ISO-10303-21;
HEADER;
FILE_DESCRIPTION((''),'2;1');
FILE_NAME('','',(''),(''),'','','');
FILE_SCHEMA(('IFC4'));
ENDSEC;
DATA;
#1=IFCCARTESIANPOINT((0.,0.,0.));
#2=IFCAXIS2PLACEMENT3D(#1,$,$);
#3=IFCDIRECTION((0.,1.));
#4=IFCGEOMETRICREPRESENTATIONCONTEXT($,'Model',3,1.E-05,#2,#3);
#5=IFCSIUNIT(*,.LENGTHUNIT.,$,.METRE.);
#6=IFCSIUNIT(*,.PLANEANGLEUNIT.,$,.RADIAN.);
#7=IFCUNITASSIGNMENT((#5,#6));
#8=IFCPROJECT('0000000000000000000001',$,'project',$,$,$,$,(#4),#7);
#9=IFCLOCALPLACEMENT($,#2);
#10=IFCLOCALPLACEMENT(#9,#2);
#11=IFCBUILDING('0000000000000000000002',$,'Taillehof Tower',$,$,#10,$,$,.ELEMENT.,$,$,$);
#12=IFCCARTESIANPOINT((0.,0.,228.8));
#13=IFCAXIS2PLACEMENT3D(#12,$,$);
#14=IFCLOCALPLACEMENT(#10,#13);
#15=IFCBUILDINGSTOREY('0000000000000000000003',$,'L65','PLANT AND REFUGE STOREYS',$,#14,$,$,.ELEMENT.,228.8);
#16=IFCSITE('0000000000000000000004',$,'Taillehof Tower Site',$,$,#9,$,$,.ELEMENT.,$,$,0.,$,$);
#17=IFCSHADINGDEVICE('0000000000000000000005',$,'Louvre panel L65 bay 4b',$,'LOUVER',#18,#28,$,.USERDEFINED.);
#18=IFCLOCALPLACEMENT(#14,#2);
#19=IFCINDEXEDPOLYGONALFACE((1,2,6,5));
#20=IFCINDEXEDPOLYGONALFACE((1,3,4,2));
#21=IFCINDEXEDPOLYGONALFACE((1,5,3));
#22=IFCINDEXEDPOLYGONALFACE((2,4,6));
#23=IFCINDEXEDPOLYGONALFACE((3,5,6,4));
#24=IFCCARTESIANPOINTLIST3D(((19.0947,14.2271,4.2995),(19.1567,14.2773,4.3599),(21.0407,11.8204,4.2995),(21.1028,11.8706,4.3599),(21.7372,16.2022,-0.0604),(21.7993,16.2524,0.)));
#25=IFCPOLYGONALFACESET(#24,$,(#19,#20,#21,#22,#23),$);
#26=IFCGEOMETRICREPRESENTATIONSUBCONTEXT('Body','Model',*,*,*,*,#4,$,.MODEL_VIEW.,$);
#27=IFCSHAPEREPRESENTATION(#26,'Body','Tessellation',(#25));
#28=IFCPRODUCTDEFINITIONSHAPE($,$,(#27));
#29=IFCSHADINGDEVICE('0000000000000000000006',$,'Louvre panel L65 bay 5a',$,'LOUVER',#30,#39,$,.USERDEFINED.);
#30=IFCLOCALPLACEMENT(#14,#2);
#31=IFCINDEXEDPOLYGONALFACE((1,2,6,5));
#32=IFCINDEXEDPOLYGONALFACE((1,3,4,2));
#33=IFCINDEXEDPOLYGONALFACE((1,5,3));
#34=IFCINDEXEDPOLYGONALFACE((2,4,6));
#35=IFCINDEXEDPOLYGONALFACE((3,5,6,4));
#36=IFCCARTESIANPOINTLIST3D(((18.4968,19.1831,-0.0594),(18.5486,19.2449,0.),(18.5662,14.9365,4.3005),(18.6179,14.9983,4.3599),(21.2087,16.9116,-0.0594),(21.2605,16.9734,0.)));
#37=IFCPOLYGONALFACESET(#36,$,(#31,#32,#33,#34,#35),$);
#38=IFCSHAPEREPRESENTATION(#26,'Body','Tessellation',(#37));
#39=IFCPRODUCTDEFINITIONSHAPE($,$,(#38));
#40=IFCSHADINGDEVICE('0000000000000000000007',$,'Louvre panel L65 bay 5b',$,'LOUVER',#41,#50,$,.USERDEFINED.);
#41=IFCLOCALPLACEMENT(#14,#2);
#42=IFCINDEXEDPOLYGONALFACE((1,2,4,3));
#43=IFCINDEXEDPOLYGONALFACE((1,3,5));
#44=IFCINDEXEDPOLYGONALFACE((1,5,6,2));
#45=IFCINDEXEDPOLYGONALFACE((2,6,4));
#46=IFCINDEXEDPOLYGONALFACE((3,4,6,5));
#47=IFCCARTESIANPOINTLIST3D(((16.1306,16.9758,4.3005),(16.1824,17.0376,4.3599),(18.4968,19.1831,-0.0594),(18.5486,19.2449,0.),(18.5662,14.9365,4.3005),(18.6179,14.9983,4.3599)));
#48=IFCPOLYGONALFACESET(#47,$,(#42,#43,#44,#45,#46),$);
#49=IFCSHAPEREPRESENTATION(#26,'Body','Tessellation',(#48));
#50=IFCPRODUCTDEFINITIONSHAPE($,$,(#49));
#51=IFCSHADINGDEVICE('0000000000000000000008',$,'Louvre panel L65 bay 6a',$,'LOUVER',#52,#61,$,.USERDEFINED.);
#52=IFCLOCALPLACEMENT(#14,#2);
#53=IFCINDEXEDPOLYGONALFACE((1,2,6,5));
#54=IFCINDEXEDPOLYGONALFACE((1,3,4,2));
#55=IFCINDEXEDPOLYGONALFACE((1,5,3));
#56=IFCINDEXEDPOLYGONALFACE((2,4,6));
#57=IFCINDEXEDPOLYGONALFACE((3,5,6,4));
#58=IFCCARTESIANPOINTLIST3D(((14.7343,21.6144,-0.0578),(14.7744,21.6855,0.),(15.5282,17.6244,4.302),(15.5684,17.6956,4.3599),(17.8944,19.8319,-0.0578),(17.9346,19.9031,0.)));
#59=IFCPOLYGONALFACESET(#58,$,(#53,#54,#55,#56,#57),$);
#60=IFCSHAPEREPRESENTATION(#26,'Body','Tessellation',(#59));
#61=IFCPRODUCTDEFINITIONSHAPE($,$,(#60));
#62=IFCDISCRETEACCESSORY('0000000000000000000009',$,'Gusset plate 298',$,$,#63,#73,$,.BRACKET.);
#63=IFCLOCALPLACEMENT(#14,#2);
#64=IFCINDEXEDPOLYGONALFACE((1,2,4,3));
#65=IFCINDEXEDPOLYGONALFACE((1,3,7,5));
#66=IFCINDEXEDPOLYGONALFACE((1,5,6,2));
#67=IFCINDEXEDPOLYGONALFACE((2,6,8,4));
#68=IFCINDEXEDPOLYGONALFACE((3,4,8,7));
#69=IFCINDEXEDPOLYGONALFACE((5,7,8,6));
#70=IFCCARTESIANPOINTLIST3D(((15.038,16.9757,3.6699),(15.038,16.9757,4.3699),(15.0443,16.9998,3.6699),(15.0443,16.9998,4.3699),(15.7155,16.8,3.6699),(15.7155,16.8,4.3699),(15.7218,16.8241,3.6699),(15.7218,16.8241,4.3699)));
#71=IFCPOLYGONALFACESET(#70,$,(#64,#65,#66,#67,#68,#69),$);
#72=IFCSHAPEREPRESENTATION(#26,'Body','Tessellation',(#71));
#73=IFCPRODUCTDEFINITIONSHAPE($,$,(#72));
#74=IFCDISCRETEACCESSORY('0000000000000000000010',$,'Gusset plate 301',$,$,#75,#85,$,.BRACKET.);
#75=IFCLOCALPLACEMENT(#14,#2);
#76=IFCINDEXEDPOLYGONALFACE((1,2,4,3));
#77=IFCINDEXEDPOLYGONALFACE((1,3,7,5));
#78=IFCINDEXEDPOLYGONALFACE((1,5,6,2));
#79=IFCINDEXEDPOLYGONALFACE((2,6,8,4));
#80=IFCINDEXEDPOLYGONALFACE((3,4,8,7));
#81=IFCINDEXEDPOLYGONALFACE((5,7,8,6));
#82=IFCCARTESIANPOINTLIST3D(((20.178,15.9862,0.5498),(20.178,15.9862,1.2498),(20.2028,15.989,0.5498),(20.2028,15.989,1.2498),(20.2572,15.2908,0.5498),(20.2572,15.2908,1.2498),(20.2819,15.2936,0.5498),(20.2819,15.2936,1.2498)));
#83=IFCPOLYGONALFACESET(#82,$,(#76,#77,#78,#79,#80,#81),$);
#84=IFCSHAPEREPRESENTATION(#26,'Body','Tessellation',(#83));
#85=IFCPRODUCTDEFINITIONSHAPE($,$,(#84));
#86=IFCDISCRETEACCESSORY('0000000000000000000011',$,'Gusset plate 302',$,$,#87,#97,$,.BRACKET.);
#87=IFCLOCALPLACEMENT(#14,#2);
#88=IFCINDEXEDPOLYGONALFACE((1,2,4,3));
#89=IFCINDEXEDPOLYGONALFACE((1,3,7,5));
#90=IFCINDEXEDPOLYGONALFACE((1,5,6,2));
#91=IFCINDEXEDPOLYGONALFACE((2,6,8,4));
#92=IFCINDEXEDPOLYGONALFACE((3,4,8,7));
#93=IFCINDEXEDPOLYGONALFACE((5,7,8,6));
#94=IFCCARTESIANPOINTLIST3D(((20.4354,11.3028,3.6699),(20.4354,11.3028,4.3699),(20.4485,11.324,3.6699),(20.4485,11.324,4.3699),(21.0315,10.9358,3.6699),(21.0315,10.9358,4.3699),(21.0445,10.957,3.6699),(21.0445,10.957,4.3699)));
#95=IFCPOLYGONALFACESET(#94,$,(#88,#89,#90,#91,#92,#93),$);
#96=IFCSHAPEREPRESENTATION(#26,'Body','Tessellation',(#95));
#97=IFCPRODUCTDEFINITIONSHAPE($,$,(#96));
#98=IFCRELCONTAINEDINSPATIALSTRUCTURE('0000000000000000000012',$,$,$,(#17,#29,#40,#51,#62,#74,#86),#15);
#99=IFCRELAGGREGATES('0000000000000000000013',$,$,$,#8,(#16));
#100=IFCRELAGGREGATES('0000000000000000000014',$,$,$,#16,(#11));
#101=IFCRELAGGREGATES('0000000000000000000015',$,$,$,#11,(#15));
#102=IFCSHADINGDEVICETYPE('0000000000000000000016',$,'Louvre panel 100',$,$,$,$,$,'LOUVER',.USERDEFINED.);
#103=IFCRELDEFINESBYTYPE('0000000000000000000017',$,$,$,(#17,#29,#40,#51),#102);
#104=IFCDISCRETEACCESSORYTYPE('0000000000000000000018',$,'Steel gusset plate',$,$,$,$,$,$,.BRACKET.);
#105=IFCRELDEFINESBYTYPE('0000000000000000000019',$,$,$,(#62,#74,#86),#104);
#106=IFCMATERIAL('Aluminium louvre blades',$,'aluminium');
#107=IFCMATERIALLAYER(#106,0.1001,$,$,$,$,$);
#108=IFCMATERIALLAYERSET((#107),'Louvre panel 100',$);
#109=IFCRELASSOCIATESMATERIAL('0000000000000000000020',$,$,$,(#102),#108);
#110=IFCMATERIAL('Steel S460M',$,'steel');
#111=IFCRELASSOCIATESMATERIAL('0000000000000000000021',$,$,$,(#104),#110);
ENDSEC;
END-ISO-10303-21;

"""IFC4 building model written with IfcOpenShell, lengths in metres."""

from ifc_helpers import new_model, si_unit, direction, frame, origin, origin_2d, place, context, subcontext, project, spatial, polyline, rectangle, outline, extrude, material, layer, layer_set, type_object, element, save


model = new_model("IFC4")

# Units and contexts
model_context = context("Model", 3, precision=1e-05, world=origin(), true_north=direction((0.0, 1.0)))
body_context = subcontext(model_context, "Body", "Model", "MODEL_VIEW")
ifc_project = project(units=[si_unit("LENGTHUNIT", "METRE"), si_unit("PLANEANGLEUNIT", "RADIAN")], contexts=[model_context])

# Site, building, storey
site_placement = place(None, origin())
site = spatial("IfcSite", under=ifc_project, at=site_placement, Name="Taillehof Tower Site", CompositionType="ELEMENT", RefElevation=0.0)
building_placement = place(site_placement, origin())
building = spatial("IfcBuilding", under=site, at=building_placement, Name="Taillehof Tower", CompositionType="ELEMENT")
storey_placement = place(building_placement, frame((0.0, 0.0, 228.8)))
storey = spatial("IfcBuildingStorey", under=building, at=storey_placement, Name="L65", Description="PLANT AND REFUGE STOREYS", CompositionType="ELEMENT", Elevation=228.8)

# Shading devices
ifc_material_1 = material(Name="Aluminium louvre blades", Category="aluminium")
ifc_layer_1 = layer(ifc_material_1, 0.1001)
ifc_layer_set_1 = layer_set([ifc_layer_1], Name="Louvre panel 100")
shading_device_type = type_object("IfcShadingDeviceType", Name="Louvre panel 100", ElementType="LOUVER", PredefinedType="USERDEFINED", material=ifc_layer_set_1)
shading_device_1_placement = place(storey_placement, frame((21.7993, 16.2524, 0.0), z_axis=(0.620245, 0.501519, 0.603137), x_axis=(-0.483332, -0.361249, 0.797427)))
element("IfcShadingDevice", 1, at=shading_device_1_placement, inside=storey, type_object=shading_device_type, Name="Louvre panel L65 bay 4b", ObjectType="LOUVER", PredefinedType="USERDEFINED", context=body_context, shape_type="SweptSolid", body=[
    extrude(outline(polyline([(0.0, 0.0), (5.4674, 0.0), (5.3963, 3.0943), (0.0, 0.0)])), origin(), (0.0, 0.0, -1.0), 0.1001),
])
shading_device_2_placement = place(storey_placement, frame((21.2605, 16.9734, 0.0), z_axis=(0.517024, 0.617272, 0.593011), x_axis=(-0.766612, 0.64211, 0.0)))
element("IfcShadingDevice", 2, at=shading_device_2_placement, inside=storey, type_object=shading_device_type, Name="Louvre panel L65 bay 5a", ObjectType="LOUVER", PredefinedType="USERDEFINED", context=body_context, shape_type="SweptSolid", body=[
    extrude(outline(polyline([(0.0, 0.0), (3.5375, 0.0), (0.7576, 5.4147), (0.0, 0.0)])), origin(), (0.0, 0.0, -1.0), 0.1001),
])
shading_device_3_placement = place(storey_placement, frame((18.5486, 19.2449, 0.0), z_axis=(0.516894, 0.617327, 0.593067), x_axis=(-0.435807, -0.406534, 0.802996)))
element("IfcShadingDevice", 3, at=shading_device_3_placement, inside=storey, type_object=shading_device_type, Name="Louvre panel L65 bay 5b", ObjectType="LOUVER", PredefinedType="USERDEFINED", context=body_context, shape_type="SweptSolid", body=[
    extrude(outline(polyline([(0.0, 0.0), (5.4295, 0.0), (5.1971, 3.1681), (0.0, 0.0)])), origin(), (0.0, 0.0, -1.0), 0.1001),
])
shading_device_4_placement = place(storey_placement, frame((17.9346, 19.9031, 0.0), z_axis=(0.40103, 0.710988, 0.577642), x_axis=(-0.871, 0.491283, 0.0)))
element("IfcShadingDevice", 4, at=shading_device_4_placement, inside=storey, type_object=shading_device_type, Name="Louvre panel L65 bay 6a", ObjectType="LOUVER", PredefinedType="USERDEFINED", context=body_context, shape_type="SweptSolid", body=[
    extrude(outline(polyline([(0.0, 0.0), (3.6282, 0.0), (0.9765, 5.3411), (0.0, 0.0)])), origin(), (0.0, 0.0, -1.0), 0.1001),
])

# Discrete accessories
ifc_material_2 = material(Name="Steel S460M", Category="steel")
discrete_accessory_type = type_object("IfcDiscreteAccessoryType", Name="Steel gusset plate", PredefinedType="BRACKET", material=ifc_material_2)
for number, where, z_axis, x_axis, name in (
    (5, (15.3799, 16.8999, 3.6699), (0.0, 0.0, 1.0), (-0.967949, 0.251147, 0.0), "Gusset plate 298"),
    (6, (20.23, 15.6399, 0.5498), (0.0, 0.0, 1.0), (-0.113084, 0.993585, 0.0), "Gusset plate 301"),
    (7, (20.74, 11.1299, 3.6699), (0.0, 0.0, 1.0), (-0.851549, 0.524274, 0.0), "Gusset plate 302"),
):
    element("IfcDiscreteAccessory", number, at=place(storey_placement, frame(where, z_axis=z_axis, x_axis=x_axis)), inside=storey, type_object=discrete_accessory_type, Name=name, PredefinedType="BRACKET", context=body_context, shape_type="SweptSolid", body=[
        extrude(rectangle(XDim=0.7, YDim=0.0249, at=origin_2d()), origin(), (0.0, 0.0, 1.0), 0.7),
    ])

save(model, "model.ifc")
